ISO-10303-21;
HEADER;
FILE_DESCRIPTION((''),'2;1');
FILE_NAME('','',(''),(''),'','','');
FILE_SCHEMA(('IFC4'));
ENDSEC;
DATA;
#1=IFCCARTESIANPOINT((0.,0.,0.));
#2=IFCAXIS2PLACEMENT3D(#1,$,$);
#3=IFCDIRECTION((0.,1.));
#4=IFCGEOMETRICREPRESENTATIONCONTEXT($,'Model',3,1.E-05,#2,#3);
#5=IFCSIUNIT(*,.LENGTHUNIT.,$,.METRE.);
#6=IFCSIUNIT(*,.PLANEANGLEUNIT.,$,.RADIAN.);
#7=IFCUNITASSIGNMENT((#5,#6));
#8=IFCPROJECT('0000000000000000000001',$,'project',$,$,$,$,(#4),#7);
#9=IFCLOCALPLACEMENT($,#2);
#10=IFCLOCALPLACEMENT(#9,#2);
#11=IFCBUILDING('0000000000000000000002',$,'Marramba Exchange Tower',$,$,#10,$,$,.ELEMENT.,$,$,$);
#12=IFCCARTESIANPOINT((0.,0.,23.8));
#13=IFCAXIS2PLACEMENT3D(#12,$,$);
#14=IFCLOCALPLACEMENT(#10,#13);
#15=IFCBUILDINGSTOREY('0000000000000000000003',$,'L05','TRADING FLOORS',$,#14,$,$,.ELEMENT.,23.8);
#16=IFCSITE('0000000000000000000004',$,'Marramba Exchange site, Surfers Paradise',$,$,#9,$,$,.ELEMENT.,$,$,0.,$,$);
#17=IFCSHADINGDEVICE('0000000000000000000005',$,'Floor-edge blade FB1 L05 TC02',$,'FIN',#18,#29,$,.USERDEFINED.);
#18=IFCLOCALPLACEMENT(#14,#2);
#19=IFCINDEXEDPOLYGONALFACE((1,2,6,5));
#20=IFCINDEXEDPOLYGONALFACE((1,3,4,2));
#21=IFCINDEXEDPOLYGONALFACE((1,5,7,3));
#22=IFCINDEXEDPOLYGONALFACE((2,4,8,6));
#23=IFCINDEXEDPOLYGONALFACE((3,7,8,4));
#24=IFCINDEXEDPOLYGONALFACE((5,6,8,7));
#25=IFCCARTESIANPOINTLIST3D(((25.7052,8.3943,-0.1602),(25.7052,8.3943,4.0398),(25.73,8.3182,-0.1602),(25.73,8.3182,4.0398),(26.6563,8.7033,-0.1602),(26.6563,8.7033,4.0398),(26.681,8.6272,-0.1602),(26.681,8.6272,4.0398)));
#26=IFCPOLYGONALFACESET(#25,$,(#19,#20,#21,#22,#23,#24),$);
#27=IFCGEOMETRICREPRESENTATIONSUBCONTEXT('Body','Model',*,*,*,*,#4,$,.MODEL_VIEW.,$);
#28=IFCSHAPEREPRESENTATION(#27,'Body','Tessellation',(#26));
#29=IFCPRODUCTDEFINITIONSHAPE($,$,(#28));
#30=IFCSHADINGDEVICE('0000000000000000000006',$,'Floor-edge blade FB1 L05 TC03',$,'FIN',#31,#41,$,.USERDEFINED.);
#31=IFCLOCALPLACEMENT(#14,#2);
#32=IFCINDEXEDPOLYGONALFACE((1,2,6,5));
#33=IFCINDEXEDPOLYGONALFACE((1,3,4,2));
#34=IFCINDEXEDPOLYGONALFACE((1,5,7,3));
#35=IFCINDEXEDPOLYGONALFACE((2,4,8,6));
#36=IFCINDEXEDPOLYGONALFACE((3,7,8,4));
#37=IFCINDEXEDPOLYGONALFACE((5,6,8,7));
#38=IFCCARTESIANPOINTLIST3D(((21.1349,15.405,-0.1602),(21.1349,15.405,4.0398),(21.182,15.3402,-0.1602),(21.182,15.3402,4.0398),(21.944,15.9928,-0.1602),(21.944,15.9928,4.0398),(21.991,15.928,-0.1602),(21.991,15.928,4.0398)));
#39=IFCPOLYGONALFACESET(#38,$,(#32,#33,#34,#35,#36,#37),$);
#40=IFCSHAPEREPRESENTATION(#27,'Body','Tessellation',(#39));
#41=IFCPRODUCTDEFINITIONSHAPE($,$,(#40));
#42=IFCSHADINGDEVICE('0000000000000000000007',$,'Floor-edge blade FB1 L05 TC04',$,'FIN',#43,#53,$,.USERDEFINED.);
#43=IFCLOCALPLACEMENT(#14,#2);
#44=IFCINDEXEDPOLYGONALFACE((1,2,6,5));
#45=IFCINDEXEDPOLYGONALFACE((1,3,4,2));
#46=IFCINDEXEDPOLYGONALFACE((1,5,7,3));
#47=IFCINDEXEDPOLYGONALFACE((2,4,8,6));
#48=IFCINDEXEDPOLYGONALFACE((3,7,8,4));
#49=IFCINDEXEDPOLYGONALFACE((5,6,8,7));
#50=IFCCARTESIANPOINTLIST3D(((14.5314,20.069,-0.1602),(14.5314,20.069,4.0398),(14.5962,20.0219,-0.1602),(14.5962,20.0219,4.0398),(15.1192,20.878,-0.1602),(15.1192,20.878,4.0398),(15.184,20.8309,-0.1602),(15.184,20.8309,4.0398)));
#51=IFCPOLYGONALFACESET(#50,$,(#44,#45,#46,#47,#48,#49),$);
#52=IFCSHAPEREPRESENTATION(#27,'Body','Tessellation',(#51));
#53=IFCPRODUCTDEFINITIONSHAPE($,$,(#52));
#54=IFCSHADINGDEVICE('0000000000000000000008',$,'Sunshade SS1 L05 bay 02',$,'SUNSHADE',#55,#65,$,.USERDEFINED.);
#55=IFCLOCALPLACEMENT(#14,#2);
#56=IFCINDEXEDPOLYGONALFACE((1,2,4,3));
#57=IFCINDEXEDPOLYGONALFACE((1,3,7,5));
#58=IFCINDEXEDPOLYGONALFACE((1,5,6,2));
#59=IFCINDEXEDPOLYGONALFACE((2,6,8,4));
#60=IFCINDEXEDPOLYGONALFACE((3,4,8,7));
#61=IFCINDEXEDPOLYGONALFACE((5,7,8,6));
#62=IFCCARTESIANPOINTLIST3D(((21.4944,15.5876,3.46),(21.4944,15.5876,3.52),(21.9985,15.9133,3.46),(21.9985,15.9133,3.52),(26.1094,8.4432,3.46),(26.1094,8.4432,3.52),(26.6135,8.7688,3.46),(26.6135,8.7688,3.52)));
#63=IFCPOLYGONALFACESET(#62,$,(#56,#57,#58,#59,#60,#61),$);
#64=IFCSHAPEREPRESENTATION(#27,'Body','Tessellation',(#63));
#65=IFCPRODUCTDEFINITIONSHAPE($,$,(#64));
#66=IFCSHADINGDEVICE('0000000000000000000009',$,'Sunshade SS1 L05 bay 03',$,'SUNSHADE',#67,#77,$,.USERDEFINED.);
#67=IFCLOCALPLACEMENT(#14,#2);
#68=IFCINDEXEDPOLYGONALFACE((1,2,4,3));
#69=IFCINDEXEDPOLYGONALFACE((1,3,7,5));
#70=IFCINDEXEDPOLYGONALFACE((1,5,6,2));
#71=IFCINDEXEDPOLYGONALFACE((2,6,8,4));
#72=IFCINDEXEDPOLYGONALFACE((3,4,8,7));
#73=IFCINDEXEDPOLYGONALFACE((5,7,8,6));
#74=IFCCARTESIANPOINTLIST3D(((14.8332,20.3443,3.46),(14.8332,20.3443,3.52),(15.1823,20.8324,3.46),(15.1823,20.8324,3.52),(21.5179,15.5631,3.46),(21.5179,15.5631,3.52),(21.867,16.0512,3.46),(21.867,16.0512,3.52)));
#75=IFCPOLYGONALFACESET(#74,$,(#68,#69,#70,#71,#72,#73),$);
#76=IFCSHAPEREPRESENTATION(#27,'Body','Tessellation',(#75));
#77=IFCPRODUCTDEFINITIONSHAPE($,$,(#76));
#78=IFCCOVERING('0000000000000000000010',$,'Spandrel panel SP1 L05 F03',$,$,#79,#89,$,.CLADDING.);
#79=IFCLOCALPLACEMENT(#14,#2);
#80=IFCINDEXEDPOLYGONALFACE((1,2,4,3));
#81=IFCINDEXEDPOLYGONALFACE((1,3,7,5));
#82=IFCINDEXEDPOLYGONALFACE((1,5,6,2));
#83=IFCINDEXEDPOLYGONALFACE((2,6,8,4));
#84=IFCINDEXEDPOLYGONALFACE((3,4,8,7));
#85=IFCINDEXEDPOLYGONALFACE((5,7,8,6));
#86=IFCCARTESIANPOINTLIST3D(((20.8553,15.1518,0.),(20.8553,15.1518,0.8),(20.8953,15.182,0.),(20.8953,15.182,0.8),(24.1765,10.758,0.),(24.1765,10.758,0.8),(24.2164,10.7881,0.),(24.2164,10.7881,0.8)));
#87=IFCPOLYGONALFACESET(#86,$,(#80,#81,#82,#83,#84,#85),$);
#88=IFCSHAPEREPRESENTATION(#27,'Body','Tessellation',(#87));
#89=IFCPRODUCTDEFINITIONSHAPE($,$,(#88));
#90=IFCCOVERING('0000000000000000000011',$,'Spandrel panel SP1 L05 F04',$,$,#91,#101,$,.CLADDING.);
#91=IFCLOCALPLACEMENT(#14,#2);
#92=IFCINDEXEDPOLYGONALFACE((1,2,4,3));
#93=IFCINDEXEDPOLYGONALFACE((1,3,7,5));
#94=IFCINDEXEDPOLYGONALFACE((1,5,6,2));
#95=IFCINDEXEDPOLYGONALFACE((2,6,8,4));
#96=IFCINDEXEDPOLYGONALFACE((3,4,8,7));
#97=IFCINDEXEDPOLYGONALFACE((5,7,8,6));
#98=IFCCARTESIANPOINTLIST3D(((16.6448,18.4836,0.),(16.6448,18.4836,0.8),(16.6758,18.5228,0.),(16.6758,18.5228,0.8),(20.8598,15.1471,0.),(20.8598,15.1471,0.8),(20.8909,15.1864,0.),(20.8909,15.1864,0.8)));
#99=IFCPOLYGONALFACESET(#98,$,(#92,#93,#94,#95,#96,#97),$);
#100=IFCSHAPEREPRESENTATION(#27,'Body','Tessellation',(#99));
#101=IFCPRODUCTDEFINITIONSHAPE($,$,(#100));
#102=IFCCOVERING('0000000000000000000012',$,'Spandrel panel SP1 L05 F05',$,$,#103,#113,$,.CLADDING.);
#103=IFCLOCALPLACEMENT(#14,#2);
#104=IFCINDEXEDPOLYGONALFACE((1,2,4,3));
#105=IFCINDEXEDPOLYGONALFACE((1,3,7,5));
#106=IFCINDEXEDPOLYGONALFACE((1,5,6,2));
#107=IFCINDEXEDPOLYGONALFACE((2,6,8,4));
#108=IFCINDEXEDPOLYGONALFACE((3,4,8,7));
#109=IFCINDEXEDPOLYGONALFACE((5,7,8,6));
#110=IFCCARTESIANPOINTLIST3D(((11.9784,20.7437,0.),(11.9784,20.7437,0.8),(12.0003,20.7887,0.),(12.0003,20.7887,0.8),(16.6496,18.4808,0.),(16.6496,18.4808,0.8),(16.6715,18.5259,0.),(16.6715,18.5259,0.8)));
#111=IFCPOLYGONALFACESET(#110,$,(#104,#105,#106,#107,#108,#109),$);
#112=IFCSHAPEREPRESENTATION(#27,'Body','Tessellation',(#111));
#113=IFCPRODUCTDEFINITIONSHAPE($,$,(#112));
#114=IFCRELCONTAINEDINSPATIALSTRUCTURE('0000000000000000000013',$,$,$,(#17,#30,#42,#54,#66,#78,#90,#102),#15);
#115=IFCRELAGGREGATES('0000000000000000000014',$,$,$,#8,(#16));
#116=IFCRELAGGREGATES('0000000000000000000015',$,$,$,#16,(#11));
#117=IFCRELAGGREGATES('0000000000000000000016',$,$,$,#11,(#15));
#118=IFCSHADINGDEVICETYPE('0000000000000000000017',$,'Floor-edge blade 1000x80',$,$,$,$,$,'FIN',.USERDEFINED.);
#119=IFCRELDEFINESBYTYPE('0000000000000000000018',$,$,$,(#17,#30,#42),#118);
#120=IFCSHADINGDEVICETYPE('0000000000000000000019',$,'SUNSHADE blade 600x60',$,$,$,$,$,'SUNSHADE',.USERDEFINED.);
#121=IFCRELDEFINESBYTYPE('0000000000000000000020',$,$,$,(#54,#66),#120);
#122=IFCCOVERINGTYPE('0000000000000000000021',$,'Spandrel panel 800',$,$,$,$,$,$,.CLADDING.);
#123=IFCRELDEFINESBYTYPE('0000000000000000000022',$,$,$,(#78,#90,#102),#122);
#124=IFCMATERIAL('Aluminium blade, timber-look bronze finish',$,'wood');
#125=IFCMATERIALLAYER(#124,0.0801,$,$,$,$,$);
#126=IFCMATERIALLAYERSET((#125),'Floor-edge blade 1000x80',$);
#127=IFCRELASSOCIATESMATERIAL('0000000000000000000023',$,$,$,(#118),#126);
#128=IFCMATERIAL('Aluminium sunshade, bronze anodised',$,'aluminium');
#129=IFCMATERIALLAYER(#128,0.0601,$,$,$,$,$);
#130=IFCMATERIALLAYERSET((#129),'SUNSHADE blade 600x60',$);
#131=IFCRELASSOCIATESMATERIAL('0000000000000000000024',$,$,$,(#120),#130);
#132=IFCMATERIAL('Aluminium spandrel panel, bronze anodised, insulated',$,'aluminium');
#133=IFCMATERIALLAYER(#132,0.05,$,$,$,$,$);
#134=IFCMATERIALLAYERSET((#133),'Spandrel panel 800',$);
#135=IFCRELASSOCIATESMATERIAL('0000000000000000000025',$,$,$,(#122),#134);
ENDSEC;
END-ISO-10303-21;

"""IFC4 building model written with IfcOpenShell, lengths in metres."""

from ifc_helpers import new_model, si_unit, direction, frame, origin, origin_2d, place, context, subcontext, project, spatial, rectangle, extrude, material, layer, layer_set, type_object, element, save


model = new_model("IFC4")

# Units and contexts
model_context = context("Model", 3, precision=1e-05, world=origin(), true_north=direction((0.0, 1.0)))
body_context = subcontext(model_context, "Body", "Model", "MODEL_VIEW")
ifc_project = project(units=[si_unit("LENGTHUNIT", "METRE"), si_unit("PLANEANGLEUNIT", "RADIAN")], contexts=[model_context])

# Site, building, storey
site_placement = place(None, origin())
site = spatial("IfcSite", under=ifc_project, at=site_placement, Name="Marramba Exchange site, Surfers Paradise", CompositionType="ELEMENT", RefElevation=0.0)
building_placement = place(site_placement, origin())
building = spatial("IfcBuilding", under=site, at=building_placement, Name="Marramba Exchange Tower", CompositionType="ELEMENT")
storey_placement = place(building_placement, frame((0.0, 0.0, 23.8)))
storey = spatial("IfcBuildingStorey", under=building, at=storey_placement, Name="L05", Description="TRADING FLOORS", CompositionType="ELEMENT", Elevation=23.8)

# Shading devices
ifc_material_1 = material(Name="Aluminium blade, timber-look bronze finish", Category="wood")
ifc_layer_1 = layer(ifc_material_1, 0.0801)
ifc_layer_set_1 = layer_set([ifc_layer_1], Name="Floor-edge blade 1000x80")
shading_device_type_1 = type_object("IfcShadingDeviceType", Name="Floor-edge blade 1000x80", ElementType="FIN", PredefinedType="USERDEFINED", material=ifc_layer_set_1)
for number, where, z_axis, x_axis, name in (
    (1, (26.1931, 8.5107, -0.1602), (0.0, 0.0, 1.0), (0.951057, 0.309017, 0.0), "Floor-edge blade FB1 L05 TC02"),
    (2, (21.563, 15.6665, -0.1602), (0.0, 0.0, 1.0), (0.809017, 0.587785, 0.0), "Floor-edge blade FB1 L05 TC03"),
    (3, (14.8577, 20.45, -0.1602), (0.0, 0.0, 1.0), (0.587785, 0.809017, 0.0), "Floor-edge blade FB1 L05 TC04"),
):
    element("IfcShadingDevice", number, at=place(storey_placement, frame(where, z_axis=z_axis, x_axis=x_axis)), inside=storey, type_object=shading_device_type_1, Name=name, ObjectType="FIN", PredefinedType="USERDEFINED", context=body_context, shape_type="SweptSolid", body=[
        extrude(rectangle(XDim=1.0, YDim=0.0801, at=origin_2d()), origin(), (0.0, 0.0, 1.0), 4.2),
    ])
ifc_material_2 = material(Name="Aluminium sunshade, bronze anodised", Category="aluminium")
ifc_layer_2 = layer(ifc_material_2, 0.0601)
ifc_layer_set_2 = layer_set([ifc_layer_2], Name="SUNSHADE blade 600x60")
shading_device_type_2 = type_object("IfcShadingDeviceType", Name="SUNSHADE blade 600x60", ElementType="SUNSHADE", PredefinedType="USERDEFINED", material=ifc_layer_set_2)
shading_device_1_placement = place(storey_placement, frame((24.054, 12.1782, 3.46), z_axis=(0.0, 0.0, 1.0), x_axis=(-0.542597, 0.839993, 0.0)))
element("IfcShadingDevice", 4, at=shading_device_1_placement, inside=storey, type_object=shading_device_type_2, Name="Sunshade SS1 L05 bay 02", ObjectType="SUNSHADE", PredefinedType="USERDEFINED", context=body_context, shape_type="SweptSolid", body=[
    extrude(rectangle(XDim=8.5054, YDim=0.6001, at=origin_2d()), origin(), (0.0, 0.0, 1.0), 0.0601),
])
shading_device_2_placement = place(storey_placement, frame((18.3501, 18.1978, 3.46), z_axis=(0.0, 0.0, 1.0), x_axis=(-0.813363, 0.581757, 0.0)))
element("IfcShadingDevice", 5, at=shading_device_2_placement, inside=storey, type_object=shading_device_type_2, Name="Sunshade SS1 L05 bay 03", ObjectType="SUNSHADE", PredefinedType="USERDEFINED", context=body_context, shape_type="SweptSolid", body=[
    extrude(rectangle(XDim=8.2185, YDim=0.6001, at=origin_2d()), origin(), (0.0, 0.0, 1.0), 0.0601),
])

# Coverings
ifc_material_3 = material(Name="Aluminium spandrel panel, bronze anodised, insulated", Category="aluminium")
ifc_layer_3 = layer(ifc_material_3, 0.05)
ifc_layer_set_3 = layer_set([ifc_layer_3], Name="Spandrel panel 800")
covering_type = type_object("IfcCoveringType", Name="Spandrel panel 800", PredefinedType="CLADDING", material=ifc_layer_set_3)
covering_1_placement = place(storey_placement, frame((22.5359, 12.97, 0.0), z_axis=(0.0, 0.0, 1.0), x_axis=(-0.60299, 0.797749, 0.0)))
element("IfcCovering", 6, at=covering_1_placement, inside=storey, type_object=covering_type, Name="Spandrel panel SP1 L05 F03", PredefinedType="CLADDING", context=body_context, shape_type="SweptSolid", body=[
    extrude(rectangle(XDim=5.5078, YDim=0.05, at=origin_2d()), origin(), (0.0, 0.0, 1.0), 0.8),
])
covering_2_placement = place(storey_placement, frame((18.7678, 16.835, 0.0), z_axis=(0.0, 0.0, 1.0), x_axis=(-0.784088, 0.62065, 0.0)))
element("IfcCovering", 7, at=covering_2_placement, inside=storey, type_object=covering_type, Name="Spandrel panel SP1 L05 F04", PredefinedType="CLADDING", context=body_context, shape_type="SweptSolid", body=[
    extrude(rectangle(XDim=5.3757, YDim=0.05, at=origin_2d()), origin(), (0.0, 0.0, 1.0), 0.8),
])
covering_3_placement = place(storey_placement, frame((14.325, 19.6348, 0.0), z_axis=(0.0, 0.0, 1.0), x_axis=(-0.899963, 0.435965, 0.0)))
element("IfcCovering", 8, at=covering_3_placement, inside=storey, type_object=covering_type, Name="Spandrel panel SP1 L05 F05", PredefinedType="CLADDING", context=body_context, shape_type="SweptSolid", body=[
    extrude(rectangle(XDim=5.1904, YDim=0.05, at=origin_2d()), origin(), (0.0, 0.0, 1.0), 0.8),
])

save(model, "model.ifc")
